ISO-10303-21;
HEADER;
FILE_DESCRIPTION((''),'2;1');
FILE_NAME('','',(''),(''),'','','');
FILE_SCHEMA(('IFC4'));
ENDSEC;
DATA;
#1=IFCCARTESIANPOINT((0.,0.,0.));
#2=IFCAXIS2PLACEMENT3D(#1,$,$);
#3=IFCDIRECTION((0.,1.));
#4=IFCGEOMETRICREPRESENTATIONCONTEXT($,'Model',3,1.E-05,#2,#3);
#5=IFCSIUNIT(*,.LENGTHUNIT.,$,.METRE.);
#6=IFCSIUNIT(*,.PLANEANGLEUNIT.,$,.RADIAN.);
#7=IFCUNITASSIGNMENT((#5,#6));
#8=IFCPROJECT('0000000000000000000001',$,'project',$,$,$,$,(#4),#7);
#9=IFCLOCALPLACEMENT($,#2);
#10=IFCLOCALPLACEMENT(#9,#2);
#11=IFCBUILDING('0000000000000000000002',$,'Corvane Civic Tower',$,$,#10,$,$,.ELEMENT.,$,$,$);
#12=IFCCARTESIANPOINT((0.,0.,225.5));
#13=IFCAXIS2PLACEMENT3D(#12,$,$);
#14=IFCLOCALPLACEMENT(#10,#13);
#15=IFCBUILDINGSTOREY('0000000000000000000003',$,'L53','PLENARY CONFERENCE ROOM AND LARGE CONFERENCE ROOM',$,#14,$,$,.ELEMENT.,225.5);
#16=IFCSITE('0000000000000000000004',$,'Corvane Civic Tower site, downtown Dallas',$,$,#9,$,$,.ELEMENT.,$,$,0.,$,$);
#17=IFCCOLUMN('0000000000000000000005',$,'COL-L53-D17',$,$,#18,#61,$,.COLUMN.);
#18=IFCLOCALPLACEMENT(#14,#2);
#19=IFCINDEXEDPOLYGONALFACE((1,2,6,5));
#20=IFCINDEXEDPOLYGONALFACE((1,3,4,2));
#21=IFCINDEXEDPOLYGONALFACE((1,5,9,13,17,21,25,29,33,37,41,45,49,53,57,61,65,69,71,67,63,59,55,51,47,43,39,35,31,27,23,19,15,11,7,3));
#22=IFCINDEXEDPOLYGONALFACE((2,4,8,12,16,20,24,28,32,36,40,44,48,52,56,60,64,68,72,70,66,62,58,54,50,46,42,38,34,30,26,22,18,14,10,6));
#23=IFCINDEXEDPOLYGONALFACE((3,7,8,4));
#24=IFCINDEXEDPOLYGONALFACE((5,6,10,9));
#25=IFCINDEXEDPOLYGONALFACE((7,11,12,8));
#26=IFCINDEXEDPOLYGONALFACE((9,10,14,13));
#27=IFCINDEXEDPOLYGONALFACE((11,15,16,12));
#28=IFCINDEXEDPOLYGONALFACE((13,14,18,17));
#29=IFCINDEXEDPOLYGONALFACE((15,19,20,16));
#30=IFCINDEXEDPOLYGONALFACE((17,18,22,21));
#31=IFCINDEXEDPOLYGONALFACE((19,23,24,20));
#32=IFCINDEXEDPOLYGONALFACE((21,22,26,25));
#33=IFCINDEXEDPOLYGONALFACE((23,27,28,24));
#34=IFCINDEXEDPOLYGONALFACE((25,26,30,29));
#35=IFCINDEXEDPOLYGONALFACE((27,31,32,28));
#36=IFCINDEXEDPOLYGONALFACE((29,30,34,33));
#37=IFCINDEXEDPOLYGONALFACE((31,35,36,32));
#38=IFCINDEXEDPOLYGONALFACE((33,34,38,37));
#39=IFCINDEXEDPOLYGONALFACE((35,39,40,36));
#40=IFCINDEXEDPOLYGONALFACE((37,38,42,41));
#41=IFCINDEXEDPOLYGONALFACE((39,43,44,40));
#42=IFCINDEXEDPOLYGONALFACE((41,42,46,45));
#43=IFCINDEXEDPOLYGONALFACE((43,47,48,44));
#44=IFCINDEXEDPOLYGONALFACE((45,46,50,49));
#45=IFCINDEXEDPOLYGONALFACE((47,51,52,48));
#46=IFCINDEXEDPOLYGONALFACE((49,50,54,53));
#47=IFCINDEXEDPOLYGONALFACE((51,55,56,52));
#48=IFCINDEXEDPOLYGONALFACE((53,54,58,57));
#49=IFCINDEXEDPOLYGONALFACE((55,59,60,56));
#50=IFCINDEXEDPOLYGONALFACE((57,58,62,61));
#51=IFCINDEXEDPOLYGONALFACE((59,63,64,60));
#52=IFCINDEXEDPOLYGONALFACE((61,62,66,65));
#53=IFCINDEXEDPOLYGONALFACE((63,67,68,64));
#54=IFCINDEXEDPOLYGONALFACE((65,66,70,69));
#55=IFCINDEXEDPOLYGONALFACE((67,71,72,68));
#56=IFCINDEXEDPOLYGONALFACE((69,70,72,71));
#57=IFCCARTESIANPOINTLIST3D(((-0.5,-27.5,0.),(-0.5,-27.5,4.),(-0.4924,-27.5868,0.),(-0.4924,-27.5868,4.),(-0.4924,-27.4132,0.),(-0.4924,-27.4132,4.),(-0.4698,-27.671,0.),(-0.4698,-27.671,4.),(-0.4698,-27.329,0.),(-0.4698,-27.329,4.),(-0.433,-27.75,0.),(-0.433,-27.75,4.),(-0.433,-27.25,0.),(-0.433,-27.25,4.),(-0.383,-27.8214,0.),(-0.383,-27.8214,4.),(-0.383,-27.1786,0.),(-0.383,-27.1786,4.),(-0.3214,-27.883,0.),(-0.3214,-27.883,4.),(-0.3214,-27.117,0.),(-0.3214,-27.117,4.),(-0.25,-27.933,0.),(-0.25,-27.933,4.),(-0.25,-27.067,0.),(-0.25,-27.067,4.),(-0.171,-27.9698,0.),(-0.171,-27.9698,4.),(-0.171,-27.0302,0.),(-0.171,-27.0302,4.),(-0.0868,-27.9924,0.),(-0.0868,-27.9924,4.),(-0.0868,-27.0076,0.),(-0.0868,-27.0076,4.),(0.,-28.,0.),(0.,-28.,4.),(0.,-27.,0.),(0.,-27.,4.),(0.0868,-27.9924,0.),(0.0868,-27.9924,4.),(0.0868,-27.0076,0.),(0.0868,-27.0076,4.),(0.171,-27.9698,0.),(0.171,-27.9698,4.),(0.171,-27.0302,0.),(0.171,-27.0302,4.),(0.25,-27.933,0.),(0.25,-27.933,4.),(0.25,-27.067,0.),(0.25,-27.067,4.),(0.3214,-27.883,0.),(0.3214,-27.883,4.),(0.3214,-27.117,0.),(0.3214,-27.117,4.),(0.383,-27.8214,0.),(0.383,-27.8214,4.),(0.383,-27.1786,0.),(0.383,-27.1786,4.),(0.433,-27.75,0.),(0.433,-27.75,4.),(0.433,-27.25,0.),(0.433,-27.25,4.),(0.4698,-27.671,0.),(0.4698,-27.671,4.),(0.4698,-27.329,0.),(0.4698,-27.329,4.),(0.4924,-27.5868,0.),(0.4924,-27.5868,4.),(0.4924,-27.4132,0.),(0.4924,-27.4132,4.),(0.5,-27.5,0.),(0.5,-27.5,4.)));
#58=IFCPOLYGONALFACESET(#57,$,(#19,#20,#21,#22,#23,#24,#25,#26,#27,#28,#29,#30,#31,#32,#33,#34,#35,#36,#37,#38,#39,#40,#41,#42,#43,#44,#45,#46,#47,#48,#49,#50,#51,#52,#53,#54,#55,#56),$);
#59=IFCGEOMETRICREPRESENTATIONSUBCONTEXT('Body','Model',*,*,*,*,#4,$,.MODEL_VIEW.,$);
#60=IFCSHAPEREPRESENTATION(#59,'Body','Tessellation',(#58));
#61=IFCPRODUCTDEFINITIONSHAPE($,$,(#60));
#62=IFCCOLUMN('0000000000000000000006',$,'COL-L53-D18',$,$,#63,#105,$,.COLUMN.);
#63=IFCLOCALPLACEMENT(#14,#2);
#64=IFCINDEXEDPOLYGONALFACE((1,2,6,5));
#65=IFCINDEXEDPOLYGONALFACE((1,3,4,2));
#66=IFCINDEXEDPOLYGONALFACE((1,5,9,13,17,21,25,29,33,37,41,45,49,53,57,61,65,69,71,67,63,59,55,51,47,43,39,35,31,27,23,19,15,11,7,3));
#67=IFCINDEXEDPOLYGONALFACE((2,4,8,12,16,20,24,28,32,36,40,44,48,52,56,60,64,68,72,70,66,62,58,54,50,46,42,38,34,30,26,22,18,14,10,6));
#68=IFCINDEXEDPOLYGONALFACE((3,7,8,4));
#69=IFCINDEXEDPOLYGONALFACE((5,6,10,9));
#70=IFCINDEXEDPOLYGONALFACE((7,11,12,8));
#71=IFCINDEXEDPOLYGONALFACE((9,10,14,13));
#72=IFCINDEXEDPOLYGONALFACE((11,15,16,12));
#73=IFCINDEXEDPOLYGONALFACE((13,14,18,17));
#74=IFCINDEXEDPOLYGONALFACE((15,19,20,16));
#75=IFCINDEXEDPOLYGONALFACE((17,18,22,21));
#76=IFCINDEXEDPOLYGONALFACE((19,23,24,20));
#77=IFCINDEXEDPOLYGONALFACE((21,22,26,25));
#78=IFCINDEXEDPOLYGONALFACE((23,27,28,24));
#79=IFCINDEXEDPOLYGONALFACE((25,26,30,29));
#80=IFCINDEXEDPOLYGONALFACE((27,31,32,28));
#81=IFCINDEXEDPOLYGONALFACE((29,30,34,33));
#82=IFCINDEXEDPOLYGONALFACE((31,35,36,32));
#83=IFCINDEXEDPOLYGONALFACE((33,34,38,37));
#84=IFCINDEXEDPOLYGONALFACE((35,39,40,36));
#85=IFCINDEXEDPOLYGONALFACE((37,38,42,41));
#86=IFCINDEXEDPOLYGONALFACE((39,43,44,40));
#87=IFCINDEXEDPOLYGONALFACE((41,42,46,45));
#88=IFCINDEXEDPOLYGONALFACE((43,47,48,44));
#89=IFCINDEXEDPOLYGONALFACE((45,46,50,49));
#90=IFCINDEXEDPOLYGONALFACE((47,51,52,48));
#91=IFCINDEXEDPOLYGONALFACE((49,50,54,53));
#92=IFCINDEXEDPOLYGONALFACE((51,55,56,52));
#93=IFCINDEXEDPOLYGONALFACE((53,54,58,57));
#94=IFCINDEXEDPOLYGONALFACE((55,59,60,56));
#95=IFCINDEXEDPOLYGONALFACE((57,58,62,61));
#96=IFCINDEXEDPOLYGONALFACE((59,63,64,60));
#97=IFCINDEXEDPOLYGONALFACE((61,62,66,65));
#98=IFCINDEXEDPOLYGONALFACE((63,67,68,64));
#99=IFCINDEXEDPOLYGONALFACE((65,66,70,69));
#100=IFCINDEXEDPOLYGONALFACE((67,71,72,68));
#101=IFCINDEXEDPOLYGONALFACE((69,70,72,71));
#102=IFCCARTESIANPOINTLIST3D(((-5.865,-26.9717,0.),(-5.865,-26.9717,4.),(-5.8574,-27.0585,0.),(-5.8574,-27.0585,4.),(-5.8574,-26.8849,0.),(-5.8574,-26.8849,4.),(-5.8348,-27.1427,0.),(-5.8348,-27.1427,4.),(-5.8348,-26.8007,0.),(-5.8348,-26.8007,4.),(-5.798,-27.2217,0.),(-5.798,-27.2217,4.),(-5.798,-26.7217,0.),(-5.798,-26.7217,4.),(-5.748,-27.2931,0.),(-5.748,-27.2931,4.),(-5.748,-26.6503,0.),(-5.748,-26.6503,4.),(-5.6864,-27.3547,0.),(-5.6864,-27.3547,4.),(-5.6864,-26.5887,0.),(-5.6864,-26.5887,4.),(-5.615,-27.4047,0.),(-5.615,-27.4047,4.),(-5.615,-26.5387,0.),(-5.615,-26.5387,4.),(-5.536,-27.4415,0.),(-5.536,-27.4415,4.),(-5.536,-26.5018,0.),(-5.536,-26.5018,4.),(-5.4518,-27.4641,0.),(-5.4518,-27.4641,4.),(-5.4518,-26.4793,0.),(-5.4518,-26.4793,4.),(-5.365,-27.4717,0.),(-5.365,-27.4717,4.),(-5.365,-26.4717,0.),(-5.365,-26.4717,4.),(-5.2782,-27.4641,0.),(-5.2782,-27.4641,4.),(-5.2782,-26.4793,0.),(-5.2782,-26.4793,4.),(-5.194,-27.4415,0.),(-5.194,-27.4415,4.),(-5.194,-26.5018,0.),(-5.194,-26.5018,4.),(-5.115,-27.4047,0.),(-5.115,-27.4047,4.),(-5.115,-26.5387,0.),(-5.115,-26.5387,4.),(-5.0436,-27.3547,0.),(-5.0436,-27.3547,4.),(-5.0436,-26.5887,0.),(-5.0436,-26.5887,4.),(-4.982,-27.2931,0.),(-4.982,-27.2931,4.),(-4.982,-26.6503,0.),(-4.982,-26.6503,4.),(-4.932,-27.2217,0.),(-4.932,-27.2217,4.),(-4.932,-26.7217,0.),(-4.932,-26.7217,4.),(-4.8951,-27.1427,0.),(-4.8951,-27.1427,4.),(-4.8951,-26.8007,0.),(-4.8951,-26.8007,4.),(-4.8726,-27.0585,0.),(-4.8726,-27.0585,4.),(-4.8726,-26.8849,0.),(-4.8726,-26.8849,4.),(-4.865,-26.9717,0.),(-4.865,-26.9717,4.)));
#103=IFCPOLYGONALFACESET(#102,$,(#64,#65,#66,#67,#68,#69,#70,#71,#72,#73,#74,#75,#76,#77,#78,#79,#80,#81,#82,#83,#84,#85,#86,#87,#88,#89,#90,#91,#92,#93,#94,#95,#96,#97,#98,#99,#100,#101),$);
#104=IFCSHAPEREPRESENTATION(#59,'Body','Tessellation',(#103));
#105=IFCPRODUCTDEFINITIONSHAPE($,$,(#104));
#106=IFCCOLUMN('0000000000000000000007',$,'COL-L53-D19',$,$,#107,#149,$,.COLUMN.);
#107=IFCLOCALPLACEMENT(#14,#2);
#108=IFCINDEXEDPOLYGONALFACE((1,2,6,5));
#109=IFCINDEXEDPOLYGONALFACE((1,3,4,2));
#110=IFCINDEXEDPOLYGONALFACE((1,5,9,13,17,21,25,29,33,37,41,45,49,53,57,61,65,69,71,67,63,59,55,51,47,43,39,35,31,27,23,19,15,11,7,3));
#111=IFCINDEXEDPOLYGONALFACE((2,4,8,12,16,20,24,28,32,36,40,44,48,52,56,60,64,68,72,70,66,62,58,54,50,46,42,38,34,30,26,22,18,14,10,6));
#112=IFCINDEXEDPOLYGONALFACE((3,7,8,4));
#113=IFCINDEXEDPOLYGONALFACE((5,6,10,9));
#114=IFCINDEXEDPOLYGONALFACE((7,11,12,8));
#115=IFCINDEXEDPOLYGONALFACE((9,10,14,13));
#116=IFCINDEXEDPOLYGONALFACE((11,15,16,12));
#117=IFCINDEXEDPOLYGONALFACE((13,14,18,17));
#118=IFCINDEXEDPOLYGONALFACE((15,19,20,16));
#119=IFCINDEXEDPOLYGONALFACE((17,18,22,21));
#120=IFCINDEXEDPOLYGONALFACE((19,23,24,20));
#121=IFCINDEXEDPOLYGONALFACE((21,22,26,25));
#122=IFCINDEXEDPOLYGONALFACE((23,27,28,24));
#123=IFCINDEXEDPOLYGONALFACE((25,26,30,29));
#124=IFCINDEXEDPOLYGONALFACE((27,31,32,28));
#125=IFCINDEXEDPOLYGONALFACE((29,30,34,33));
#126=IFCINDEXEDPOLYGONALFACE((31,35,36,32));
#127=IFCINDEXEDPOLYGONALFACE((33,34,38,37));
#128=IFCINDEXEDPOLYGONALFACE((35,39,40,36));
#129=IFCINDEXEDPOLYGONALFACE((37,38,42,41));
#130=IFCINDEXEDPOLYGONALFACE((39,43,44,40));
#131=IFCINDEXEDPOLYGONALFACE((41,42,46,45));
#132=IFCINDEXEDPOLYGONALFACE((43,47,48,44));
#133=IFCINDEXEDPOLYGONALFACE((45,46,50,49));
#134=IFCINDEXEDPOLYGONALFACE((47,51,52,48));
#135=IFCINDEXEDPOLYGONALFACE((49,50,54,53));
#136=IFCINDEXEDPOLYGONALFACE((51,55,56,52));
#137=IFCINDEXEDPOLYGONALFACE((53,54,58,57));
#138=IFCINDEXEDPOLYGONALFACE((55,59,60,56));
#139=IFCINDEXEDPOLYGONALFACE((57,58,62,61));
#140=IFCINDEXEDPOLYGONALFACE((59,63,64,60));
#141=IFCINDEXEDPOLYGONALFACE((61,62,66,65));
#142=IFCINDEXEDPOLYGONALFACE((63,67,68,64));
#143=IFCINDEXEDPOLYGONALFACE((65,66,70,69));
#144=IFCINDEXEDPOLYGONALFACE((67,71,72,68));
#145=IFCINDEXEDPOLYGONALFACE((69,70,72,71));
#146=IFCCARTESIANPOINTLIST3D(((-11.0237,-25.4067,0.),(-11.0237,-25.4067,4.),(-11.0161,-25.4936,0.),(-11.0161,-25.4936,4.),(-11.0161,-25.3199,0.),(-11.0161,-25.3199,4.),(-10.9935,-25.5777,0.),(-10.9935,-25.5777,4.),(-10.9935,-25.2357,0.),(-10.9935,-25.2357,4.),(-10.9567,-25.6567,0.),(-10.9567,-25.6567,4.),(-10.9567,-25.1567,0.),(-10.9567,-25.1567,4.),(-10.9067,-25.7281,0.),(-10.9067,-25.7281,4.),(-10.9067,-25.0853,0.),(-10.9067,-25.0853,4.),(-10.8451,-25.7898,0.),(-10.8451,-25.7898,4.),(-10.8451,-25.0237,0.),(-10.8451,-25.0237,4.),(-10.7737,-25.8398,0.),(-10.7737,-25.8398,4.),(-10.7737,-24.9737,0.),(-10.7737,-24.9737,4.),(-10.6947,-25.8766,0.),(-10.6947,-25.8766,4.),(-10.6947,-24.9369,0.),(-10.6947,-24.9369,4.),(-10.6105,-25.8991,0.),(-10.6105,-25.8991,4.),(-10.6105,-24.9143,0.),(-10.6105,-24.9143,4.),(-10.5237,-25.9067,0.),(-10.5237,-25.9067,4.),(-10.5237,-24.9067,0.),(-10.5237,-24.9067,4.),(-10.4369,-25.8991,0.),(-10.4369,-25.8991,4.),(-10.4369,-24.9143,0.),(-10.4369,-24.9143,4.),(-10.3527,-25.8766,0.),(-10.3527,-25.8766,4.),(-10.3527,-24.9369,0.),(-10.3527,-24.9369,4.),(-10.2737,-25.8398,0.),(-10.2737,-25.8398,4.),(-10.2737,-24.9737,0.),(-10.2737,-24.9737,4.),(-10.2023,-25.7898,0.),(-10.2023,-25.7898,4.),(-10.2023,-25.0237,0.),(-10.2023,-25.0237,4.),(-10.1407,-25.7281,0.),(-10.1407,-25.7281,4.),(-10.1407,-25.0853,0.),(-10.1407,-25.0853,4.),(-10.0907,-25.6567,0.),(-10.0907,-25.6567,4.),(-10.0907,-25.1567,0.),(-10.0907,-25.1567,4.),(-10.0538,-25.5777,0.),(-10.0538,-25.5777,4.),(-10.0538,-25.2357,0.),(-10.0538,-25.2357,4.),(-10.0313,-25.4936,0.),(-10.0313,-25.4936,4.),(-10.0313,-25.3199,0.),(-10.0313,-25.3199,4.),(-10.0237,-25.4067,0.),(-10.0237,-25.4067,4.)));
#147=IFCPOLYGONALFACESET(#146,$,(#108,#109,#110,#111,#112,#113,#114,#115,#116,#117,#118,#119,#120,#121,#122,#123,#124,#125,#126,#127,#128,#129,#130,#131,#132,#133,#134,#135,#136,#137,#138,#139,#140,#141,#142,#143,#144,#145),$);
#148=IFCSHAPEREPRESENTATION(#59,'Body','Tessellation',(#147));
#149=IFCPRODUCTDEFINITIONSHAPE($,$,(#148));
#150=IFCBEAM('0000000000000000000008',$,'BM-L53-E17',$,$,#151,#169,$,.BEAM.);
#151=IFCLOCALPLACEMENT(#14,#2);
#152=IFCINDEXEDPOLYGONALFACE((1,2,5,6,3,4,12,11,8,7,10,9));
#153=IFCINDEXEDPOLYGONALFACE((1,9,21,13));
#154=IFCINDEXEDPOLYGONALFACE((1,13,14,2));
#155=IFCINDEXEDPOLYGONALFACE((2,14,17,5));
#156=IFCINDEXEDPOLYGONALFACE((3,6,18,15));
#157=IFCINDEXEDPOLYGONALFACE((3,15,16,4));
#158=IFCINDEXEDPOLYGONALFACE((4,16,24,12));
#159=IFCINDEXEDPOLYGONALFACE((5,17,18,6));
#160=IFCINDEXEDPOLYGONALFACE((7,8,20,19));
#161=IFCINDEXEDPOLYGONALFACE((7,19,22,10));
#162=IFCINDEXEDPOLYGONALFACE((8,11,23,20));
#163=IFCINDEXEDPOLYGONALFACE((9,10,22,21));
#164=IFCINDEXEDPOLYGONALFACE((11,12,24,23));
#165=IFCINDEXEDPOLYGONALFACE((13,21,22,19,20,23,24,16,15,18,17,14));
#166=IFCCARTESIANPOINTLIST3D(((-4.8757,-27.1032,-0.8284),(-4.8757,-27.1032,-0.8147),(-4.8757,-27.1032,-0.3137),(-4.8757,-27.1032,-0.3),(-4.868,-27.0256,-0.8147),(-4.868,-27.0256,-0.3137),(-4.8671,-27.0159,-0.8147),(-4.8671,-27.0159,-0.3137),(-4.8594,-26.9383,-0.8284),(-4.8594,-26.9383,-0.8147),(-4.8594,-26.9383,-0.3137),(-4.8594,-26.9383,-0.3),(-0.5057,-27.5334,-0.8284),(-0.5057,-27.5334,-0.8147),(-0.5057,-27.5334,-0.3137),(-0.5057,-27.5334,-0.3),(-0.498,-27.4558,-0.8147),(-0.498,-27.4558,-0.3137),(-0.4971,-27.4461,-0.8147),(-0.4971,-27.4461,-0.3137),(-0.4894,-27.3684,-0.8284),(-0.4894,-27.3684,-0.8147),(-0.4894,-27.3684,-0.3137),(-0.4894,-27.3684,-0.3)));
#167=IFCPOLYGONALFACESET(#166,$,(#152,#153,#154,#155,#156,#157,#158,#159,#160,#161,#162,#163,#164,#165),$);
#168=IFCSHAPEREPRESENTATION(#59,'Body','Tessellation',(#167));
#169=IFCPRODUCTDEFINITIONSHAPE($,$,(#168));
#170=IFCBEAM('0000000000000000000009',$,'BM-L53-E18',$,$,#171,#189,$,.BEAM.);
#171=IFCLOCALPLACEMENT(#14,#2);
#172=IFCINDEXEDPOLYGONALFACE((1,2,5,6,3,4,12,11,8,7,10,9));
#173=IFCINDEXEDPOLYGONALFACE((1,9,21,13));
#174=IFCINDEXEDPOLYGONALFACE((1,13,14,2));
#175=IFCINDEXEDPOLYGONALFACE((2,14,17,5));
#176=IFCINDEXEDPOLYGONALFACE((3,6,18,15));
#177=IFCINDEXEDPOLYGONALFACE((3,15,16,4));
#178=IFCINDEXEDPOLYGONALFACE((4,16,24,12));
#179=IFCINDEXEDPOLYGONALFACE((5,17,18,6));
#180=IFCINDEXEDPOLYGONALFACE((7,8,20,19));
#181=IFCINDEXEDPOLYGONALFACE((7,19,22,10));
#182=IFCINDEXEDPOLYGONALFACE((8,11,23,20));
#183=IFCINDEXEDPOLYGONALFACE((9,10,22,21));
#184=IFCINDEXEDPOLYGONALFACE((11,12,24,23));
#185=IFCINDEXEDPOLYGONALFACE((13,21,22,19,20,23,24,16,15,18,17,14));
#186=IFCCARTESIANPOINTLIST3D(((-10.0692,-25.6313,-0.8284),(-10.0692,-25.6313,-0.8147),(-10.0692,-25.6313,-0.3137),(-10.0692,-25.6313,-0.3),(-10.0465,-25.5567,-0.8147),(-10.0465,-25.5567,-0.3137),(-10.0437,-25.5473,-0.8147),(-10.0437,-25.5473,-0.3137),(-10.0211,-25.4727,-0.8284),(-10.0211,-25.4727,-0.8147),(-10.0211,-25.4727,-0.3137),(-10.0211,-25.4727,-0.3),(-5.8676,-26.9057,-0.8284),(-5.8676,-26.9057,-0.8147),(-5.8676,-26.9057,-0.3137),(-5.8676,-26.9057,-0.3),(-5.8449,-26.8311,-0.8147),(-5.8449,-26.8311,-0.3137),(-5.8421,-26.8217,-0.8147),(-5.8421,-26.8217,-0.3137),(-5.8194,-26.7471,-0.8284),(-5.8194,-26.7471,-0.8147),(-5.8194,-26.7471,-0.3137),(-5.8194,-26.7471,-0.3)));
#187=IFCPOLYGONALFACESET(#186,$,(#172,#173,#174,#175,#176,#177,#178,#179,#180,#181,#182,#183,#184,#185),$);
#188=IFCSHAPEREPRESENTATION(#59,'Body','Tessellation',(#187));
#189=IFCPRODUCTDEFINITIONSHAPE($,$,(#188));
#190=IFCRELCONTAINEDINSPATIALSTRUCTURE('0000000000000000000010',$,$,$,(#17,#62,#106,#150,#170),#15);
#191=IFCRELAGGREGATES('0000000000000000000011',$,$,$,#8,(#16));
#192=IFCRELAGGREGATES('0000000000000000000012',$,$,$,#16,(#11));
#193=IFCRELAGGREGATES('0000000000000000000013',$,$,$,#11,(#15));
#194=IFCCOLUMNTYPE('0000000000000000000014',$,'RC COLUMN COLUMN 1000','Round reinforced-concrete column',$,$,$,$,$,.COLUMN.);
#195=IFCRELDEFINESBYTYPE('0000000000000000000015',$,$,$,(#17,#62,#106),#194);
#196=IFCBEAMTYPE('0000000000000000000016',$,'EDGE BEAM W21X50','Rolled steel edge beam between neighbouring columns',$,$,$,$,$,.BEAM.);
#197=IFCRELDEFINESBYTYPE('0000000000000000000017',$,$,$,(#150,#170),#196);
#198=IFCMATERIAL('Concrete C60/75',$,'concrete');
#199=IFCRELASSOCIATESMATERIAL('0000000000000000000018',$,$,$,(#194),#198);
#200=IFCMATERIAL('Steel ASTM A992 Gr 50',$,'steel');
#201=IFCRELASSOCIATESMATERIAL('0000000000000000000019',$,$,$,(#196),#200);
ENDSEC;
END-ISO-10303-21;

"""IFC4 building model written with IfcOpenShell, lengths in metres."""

from ifc_helpers import new_model, si_unit, direction, frame, origin, origin_2d, place, context, subcontext, project, spatial, circle, i_section, extrude, material, material_profile, profile_set, type_object, element, save


model = new_model("IFC4")

# Units and contexts
model_context = context("Model", 3, precision=1e-05, world=origin(), true_north=direction((0.0, 1.0)))
body_context = subcontext(model_context, "Body", "Model", "MODEL_VIEW")
ifc_project = project(units=[si_unit("LENGTHUNIT", "METRE"), si_unit("PLANEANGLEUNIT", "RADIAN")], contexts=[model_context])

# Site, building, storey
site_placement = place(None, origin())
site = spatial("IfcSite", under=ifc_project, at=site_placement, Name="Corvane Civic Tower site, downtown Dallas", CompositionType="ELEMENT", RefElevation=0.0)
building_placement = place(site_placement, origin())
building = spatial("IfcBuilding", under=site, at=building_placement, Name="Corvane Civic Tower", CompositionType="ELEMENT")
storey_placement = place(building_placement, frame((0.0, 0.0, 225.5)))
storey = spatial("IfcBuildingStorey", under=building, at=storey_placement, Name="L53", Description="PLENARY CONFERENCE ROOM AND LARGE CONFERENCE ROOM", CompositionType="ELEMENT", Elevation=225.5)

# Columns
ifc_material_1 = material(Name="Concrete C60/75", Category="concrete")
ifc_material_profile_1 = material_profile(ifc_material_1, circle(Radius=0.5, at=origin_2d()), Name="COLUMN 1000")
ifc_profile_set_1 = profile_set([ifc_material_profile_1], Name="Concrete C60/75")
column_type = type_object("IfcColumnType", Name="RC COLUMN COLUMN 1000", Description="Round reinforced-concrete column", PredefinedType="COLUMN", material=ifc_profile_set_1)
for number, where, z_axis, x_axis, name in (
    (1, (0.0, -27.5, 0.0), (0.0, 0.0, 1.0), (1.0, 0.0, 0.0), "COL-L53-D17"),
    (2, (-5.365, -26.9717, 0.0), (0.0, 0.0, 1.0), (1.0, 0.0, 0.0), "COL-L53-D18"),
    (3, (-10.5237, -25.4067, 0.0), (0.0, 0.0, 1.0), (1.0, 0.0, 0.0), "COL-L53-D19"),
):
    element("IfcColumn", number, at=place(storey_placement, frame(where, z_axis=z_axis, x_axis=x_axis)), inside=storey, type_object=column_type, Name=name, PredefinedType="COLUMN", context=body_context, shape_type="SweptSolid", body=[
        extrude(circle(Radius=0.5, at=origin_2d()), origin(), (0.0, 0.0, 1.0), 4.0),
    ])

# Beams
ifc_material_2 = material(Name="Steel ASTM A992 Gr 50", Category="steel")
ifc_material_profile_2 = material_profile(ifc_material_2, i_section(OverallWidth=0.1658, OverallDepth=0.5283, WebThickness=0.0098, FlangeThickness=0.0137, at=origin_2d()), Name="W21X50")
ifc_profile_set_2 = profile_set([ifc_material_profile_2], Name="Steel ASTM A992 Gr 50")
beam_type_1 = type_object("IfcBeamType", Name="EDGE BEAM W21X50", Description="Rolled steel edge beam between neighbouring columns", PredefinedType="BEAM", material=ifc_profile_set_2)
beam_1_placement = place(storey_placement, frame((-0.4976, -27.4509, -0.5642), z_axis=(-0.99519, 0.097968, 0.0), x_axis=(-0.097968, -0.99519, 0.0)))
element("IfcBeam", 4, at=beam_1_placement, inside=storey, type_object=beam_type_1, Name="BM-L53-E17", PredefinedType="BEAM", context=body_context, shape_type="SweptSolid", body=[
    extrude(i_section(OverallWidth=0.1658, OverallDepth=0.5283, WebThickness=0.0098, FlangeThickness=0.0137, at=origin_2d()), origin(), (0.0, 0.0, 1.0), 4.3911),
])
beam_2_placement = place(storey_placement, frame((-5.8435, -26.8264, -0.5642), z_axis=(-0.95695, 0.290254, 0.0), x_axis=(-0.290254, -0.95695, 0.0)))
element("IfcBeam", 5, at=beam_2_placement, inside=storey, type_object=beam_type_1, Name="BM-L53-E18", PredefinedType="BEAM", context=body_context, shape_type="SweptSolid", body=[
    extrude(i_section(OverallWidth=0.1658, OverallDepth=0.5283, WebThickness=0.0098, FlangeThickness=0.0137, at=origin_2d()), origin(), (0.0, 0.0, 1.0), 4.3906),
])

save(model, "model.ifc")
